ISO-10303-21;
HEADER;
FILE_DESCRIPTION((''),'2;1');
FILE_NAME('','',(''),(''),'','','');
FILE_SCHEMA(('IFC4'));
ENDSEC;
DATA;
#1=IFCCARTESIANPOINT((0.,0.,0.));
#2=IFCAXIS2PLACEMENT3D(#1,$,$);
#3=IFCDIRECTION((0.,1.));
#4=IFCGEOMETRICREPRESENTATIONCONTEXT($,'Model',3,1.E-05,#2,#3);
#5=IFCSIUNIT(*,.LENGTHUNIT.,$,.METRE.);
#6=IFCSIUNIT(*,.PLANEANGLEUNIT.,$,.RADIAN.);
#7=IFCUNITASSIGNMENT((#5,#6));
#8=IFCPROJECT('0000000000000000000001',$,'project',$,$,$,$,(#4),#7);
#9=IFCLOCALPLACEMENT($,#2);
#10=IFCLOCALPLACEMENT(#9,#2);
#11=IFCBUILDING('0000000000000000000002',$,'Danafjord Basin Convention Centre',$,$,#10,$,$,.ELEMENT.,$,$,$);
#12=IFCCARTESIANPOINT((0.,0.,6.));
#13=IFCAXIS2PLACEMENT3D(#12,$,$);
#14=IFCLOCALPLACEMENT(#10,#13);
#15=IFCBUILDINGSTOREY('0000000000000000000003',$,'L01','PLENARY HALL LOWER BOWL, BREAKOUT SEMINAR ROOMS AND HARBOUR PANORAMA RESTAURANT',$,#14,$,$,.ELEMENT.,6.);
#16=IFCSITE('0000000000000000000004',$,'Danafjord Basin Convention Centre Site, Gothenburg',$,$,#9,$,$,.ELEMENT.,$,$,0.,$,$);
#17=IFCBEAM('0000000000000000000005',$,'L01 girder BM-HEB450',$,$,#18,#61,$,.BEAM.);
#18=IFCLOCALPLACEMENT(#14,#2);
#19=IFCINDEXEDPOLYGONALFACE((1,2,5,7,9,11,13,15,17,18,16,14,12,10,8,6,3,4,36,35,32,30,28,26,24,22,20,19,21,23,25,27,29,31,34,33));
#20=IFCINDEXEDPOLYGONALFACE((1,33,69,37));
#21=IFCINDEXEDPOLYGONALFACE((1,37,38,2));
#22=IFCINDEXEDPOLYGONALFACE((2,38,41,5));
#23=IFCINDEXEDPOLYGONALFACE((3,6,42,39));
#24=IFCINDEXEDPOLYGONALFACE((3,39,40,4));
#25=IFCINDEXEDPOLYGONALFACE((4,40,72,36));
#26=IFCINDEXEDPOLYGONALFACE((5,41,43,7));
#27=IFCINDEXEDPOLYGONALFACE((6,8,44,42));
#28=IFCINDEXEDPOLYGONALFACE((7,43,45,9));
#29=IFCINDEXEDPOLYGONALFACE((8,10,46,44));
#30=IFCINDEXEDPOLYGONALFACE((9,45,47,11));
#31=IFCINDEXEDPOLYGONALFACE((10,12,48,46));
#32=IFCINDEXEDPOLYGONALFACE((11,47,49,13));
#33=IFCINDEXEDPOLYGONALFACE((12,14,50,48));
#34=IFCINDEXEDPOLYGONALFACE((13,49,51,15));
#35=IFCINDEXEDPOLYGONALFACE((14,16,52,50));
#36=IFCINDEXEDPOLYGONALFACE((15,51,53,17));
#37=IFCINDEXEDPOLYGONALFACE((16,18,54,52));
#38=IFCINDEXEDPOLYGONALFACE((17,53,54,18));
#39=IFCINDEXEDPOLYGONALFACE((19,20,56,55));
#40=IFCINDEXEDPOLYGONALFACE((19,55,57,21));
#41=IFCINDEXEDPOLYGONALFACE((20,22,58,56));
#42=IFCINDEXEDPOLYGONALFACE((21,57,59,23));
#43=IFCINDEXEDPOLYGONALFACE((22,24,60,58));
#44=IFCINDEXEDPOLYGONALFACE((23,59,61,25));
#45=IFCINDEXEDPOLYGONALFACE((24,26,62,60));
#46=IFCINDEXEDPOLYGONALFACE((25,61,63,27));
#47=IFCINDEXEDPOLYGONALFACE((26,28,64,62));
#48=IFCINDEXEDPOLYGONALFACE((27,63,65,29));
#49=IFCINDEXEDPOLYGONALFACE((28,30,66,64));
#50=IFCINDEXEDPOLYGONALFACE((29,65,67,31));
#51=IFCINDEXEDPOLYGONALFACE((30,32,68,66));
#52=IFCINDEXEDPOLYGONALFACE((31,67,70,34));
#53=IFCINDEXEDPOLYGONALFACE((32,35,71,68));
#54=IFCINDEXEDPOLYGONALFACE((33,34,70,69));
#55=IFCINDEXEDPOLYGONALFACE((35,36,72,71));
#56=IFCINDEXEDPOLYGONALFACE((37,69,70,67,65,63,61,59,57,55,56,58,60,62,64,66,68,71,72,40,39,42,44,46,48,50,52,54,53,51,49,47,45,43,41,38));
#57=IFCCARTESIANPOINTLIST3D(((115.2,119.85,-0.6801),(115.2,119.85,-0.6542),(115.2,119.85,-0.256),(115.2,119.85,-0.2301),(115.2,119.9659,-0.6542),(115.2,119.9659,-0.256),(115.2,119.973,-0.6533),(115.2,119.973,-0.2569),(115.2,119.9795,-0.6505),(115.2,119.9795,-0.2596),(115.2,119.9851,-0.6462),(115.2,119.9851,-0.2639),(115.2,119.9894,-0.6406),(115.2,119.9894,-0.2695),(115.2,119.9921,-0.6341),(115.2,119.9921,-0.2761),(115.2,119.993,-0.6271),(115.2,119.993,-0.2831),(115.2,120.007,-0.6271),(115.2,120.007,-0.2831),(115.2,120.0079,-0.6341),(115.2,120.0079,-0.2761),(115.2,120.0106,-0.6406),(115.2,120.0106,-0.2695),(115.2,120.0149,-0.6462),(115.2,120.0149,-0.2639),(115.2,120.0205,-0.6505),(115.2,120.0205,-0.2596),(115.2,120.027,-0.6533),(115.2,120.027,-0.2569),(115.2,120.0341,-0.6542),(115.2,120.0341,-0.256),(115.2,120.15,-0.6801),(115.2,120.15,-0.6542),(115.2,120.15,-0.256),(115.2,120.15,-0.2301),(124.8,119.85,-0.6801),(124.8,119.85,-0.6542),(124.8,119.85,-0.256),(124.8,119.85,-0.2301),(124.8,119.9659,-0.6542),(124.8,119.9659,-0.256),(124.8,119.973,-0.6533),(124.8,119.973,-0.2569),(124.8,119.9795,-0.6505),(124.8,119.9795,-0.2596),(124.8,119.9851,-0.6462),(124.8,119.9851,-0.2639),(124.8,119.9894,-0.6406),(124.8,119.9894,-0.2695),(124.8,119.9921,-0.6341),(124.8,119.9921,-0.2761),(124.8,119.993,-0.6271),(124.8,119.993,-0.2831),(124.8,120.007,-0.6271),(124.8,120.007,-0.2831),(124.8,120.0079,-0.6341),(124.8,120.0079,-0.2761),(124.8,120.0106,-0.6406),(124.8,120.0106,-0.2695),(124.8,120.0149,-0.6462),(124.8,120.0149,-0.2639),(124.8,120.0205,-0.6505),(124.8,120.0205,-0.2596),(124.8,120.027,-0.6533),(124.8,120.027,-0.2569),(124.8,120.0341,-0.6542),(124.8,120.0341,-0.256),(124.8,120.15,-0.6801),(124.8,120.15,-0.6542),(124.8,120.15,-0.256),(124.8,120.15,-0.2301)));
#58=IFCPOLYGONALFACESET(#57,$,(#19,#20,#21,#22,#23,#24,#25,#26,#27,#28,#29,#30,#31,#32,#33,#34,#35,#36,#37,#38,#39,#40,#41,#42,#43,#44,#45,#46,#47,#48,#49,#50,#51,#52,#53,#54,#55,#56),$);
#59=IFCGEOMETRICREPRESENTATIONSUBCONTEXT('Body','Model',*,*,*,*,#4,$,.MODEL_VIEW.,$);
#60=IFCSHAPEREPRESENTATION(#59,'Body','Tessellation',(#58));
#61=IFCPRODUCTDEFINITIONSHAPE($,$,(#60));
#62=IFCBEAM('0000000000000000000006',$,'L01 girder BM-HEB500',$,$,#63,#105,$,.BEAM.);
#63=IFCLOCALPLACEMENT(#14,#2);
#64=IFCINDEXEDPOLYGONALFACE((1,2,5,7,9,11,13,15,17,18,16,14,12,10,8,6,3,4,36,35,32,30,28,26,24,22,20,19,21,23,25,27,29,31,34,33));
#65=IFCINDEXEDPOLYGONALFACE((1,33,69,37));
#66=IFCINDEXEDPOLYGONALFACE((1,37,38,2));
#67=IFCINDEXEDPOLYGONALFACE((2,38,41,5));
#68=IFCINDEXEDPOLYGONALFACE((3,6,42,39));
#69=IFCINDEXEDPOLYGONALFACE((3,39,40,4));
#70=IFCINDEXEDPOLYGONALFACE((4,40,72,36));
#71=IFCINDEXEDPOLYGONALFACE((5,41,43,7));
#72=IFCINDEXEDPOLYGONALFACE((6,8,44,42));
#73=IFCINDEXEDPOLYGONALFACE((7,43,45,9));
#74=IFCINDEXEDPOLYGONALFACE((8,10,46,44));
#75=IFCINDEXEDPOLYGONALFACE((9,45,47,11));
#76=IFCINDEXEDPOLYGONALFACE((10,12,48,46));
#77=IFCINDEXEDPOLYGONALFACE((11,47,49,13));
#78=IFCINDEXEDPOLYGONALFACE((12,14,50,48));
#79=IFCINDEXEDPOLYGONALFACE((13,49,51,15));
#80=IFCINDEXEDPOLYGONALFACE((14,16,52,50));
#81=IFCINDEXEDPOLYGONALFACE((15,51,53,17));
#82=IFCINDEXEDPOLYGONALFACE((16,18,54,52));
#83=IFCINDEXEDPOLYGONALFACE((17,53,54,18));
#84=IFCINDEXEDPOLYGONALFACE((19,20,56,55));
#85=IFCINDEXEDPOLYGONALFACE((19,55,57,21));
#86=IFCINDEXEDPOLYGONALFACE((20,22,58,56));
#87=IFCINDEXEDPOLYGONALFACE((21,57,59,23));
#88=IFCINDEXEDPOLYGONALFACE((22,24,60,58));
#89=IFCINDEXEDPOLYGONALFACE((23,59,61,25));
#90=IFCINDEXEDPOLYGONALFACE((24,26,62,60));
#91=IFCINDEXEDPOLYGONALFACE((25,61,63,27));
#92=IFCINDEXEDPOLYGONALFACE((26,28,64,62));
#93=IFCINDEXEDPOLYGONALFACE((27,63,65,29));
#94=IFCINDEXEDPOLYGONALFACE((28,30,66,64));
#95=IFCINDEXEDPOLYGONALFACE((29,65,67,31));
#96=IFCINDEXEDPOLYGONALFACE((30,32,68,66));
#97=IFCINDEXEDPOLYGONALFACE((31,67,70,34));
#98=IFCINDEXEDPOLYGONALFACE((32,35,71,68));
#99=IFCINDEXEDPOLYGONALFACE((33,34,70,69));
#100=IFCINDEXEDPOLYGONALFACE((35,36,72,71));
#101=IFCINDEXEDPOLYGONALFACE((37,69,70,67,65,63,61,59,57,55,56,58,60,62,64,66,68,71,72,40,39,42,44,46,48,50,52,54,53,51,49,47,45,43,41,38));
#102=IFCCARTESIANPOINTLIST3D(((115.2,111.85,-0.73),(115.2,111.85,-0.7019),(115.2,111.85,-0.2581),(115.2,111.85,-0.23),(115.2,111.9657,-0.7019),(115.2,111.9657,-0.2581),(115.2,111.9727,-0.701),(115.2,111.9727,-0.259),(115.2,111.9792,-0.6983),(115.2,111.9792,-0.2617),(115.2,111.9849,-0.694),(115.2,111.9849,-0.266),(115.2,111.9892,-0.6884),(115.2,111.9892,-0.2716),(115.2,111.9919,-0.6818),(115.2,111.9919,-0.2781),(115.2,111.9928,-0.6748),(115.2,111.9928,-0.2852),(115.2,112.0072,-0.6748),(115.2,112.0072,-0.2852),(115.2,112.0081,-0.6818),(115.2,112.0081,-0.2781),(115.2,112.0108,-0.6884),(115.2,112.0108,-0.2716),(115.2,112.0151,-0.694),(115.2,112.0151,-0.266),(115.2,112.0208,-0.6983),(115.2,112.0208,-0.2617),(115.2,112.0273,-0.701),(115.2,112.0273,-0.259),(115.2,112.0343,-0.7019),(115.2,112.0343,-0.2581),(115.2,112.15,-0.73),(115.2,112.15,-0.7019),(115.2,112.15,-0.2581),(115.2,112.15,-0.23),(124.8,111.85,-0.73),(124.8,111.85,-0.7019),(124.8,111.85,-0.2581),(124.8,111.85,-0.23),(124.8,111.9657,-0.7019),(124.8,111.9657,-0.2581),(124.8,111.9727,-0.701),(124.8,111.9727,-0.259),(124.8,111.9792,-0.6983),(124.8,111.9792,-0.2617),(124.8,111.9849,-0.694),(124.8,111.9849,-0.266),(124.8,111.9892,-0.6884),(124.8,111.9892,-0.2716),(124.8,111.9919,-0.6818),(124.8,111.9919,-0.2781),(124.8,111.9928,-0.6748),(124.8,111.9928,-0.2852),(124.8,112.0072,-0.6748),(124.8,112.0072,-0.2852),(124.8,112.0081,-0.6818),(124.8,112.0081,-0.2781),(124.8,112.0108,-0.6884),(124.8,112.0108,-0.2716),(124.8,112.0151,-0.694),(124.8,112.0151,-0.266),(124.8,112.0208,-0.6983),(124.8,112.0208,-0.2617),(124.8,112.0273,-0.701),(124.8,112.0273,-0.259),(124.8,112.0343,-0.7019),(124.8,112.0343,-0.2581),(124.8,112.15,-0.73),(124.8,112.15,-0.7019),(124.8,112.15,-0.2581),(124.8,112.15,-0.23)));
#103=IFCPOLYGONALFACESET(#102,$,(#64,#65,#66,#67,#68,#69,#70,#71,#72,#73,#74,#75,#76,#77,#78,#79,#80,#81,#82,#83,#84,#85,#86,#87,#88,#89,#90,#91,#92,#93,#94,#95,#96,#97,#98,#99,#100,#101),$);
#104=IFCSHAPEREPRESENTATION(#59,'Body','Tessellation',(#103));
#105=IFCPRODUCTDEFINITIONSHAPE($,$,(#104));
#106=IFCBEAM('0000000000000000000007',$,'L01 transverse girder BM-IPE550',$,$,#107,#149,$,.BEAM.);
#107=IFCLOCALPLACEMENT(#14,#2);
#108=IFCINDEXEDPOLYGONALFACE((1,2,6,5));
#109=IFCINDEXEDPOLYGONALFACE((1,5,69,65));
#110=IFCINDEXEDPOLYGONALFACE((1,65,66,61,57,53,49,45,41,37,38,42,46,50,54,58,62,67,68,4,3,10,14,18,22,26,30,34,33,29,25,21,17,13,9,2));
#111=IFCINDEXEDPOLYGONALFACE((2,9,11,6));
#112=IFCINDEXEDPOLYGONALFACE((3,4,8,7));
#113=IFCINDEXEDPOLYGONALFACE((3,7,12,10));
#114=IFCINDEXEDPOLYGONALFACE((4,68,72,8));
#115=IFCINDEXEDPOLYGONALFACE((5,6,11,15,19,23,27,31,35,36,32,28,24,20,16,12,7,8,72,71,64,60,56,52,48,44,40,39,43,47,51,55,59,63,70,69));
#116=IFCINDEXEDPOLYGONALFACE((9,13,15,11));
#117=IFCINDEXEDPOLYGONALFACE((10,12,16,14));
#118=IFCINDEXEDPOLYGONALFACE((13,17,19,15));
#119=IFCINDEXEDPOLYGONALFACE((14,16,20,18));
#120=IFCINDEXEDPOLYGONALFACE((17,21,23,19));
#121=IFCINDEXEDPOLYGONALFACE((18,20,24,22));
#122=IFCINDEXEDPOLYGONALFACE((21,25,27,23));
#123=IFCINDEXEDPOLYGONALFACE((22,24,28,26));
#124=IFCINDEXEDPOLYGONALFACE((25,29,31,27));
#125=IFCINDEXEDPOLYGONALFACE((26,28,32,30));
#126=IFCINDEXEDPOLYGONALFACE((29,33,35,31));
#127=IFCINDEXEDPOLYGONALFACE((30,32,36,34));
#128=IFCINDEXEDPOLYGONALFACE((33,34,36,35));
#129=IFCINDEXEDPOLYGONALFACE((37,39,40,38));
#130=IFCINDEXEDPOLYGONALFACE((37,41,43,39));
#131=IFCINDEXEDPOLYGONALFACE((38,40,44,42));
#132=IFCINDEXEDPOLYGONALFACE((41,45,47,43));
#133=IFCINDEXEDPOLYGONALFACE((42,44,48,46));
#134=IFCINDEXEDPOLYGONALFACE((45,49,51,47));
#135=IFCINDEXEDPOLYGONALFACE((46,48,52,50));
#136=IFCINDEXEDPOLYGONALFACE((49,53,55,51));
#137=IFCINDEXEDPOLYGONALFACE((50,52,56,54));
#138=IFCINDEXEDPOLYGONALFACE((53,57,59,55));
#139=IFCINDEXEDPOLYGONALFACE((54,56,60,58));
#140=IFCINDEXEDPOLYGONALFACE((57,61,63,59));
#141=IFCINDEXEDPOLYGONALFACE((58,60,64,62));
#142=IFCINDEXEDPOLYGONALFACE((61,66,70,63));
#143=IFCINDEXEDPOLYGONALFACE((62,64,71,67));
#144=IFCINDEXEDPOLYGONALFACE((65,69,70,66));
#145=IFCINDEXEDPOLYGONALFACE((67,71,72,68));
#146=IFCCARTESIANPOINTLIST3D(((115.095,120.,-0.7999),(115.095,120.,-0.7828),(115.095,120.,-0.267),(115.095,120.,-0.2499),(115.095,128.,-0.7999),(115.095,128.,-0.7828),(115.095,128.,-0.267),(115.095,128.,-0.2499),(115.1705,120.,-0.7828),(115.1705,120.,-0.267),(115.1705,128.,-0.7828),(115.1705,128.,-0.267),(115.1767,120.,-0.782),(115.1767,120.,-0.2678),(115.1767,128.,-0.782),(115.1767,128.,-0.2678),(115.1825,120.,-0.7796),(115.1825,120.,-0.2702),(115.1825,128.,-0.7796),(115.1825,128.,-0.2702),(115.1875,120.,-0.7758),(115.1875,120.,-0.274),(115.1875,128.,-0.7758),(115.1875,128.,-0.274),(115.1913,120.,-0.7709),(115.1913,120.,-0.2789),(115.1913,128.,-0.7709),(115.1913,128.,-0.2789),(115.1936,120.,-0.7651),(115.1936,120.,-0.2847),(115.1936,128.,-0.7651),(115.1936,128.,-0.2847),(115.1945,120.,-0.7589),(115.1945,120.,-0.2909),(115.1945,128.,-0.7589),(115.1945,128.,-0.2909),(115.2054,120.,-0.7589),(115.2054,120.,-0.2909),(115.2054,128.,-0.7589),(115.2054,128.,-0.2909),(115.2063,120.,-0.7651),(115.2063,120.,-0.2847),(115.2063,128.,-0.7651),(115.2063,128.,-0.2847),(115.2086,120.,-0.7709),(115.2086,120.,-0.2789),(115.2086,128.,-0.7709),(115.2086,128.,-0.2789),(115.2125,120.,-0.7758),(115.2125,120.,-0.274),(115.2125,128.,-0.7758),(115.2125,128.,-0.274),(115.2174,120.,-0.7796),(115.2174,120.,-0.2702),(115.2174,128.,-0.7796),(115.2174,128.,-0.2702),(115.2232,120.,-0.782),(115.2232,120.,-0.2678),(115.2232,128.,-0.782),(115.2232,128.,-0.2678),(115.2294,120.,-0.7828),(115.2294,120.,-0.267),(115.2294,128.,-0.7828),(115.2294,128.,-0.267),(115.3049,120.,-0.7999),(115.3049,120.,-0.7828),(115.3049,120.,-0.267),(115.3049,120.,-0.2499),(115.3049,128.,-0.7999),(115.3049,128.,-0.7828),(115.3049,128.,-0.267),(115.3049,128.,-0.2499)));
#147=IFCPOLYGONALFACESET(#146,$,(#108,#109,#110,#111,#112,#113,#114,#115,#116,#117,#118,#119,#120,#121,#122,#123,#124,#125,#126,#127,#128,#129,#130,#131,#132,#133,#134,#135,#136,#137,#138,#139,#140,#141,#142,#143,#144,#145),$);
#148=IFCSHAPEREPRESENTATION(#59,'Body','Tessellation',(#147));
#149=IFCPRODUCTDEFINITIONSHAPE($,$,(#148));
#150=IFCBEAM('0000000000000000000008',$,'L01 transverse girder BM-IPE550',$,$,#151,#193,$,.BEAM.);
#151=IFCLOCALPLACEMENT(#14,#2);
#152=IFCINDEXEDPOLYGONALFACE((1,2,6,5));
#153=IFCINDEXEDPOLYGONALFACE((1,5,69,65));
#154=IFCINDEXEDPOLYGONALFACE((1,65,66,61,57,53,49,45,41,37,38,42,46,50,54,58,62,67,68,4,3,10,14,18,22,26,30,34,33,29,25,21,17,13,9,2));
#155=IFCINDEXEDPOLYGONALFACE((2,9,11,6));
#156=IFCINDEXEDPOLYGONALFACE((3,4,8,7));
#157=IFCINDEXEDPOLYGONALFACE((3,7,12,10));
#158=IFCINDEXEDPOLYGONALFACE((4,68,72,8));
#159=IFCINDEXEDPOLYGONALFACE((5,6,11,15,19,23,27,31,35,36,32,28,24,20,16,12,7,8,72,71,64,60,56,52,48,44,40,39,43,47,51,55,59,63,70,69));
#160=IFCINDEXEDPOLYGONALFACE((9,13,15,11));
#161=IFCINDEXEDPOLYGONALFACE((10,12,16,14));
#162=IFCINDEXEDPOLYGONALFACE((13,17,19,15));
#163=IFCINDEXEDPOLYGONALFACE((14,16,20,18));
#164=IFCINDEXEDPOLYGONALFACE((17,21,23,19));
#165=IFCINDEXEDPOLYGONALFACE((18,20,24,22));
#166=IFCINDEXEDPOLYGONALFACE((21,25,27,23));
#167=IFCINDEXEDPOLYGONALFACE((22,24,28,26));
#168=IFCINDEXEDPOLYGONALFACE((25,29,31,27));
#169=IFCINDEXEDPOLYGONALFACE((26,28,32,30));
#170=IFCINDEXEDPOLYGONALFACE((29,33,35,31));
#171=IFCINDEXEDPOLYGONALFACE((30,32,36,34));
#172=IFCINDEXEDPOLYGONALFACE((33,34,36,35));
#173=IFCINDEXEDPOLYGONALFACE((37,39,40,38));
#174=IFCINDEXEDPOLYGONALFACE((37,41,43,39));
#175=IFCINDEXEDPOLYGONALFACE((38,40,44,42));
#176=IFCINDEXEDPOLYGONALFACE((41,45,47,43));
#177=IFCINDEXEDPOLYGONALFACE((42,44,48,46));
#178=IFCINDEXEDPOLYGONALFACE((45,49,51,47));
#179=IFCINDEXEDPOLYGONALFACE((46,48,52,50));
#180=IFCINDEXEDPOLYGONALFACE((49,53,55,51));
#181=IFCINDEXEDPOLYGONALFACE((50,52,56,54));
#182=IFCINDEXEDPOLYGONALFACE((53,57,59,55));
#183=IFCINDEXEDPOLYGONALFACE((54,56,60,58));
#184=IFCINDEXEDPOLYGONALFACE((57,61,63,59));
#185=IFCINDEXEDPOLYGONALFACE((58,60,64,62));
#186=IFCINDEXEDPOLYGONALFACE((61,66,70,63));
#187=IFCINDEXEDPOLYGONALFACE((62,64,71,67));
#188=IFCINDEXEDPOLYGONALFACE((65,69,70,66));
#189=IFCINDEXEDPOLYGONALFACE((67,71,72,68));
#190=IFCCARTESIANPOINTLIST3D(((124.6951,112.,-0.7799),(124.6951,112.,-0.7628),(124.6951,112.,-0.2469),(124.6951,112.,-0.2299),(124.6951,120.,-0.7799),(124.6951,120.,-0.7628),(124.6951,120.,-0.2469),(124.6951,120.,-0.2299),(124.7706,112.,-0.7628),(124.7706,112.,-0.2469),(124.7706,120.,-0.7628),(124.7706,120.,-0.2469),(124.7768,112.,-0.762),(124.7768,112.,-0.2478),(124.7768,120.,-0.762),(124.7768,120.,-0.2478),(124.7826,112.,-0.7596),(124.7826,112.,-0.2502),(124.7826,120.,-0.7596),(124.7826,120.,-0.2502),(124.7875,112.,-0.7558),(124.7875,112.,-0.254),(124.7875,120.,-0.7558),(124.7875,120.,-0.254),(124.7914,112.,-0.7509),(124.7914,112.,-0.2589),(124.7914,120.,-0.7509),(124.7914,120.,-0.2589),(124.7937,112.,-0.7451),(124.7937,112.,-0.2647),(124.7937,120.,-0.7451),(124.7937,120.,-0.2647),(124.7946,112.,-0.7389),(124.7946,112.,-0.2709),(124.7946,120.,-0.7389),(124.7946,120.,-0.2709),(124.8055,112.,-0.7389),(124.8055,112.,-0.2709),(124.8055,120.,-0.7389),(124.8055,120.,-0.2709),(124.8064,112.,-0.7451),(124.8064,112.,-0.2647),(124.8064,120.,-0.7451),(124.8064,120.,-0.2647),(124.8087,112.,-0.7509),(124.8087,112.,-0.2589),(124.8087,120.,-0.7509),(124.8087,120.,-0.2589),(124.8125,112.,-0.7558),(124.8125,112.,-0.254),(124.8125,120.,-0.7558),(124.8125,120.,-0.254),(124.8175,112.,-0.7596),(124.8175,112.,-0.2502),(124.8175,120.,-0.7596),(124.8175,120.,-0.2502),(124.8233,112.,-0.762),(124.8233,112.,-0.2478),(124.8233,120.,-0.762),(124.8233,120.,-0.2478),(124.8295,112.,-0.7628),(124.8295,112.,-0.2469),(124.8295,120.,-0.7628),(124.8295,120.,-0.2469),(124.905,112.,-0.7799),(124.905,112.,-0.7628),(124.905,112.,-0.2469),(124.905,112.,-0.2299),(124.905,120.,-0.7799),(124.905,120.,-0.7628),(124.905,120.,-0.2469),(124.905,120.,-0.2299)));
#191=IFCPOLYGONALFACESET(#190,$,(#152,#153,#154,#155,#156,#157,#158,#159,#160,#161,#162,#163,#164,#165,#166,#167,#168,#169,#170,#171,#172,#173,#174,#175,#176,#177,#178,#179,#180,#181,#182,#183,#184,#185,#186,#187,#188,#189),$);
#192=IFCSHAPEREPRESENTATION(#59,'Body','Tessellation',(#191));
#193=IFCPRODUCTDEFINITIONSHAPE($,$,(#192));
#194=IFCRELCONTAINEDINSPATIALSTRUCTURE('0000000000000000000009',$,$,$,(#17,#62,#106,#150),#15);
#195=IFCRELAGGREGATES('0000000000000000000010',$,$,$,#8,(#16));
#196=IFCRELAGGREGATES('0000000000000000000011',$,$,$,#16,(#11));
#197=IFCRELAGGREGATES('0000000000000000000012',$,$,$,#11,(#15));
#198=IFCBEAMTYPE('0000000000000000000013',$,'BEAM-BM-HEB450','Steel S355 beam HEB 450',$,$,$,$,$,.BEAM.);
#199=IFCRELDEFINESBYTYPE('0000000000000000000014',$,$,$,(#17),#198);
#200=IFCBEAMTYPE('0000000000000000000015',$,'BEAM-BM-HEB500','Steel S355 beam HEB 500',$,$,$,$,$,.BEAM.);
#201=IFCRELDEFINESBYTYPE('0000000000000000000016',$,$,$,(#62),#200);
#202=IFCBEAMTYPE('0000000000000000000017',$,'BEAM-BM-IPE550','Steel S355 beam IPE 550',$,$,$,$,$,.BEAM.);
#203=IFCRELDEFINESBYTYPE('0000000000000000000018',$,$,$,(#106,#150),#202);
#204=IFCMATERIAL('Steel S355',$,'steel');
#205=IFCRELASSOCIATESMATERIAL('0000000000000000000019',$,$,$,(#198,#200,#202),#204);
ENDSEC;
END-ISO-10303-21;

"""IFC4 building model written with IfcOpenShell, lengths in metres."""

from ifc_helpers import new_model, si_unit, direction, frame, origin, origin_2d, place, context, subcontext, project, spatial, i_section, extrude, material, material_profile, profile_set, type_object, element, save


model = new_model("IFC4")

# Units and contexts
model_context = context("Model", 3, precision=1e-05, world=origin(), true_north=direction((0.0, 1.0)))
body_context = subcontext(model_context, "Body", "Model", "MODEL_VIEW")
ifc_project = project(units=[si_unit("LENGTHUNIT", "METRE"), si_unit("PLANEANGLEUNIT", "RADIAN")], contexts=[model_context])

# Site, building, storey
site_placement = place(None, origin())
site = spatial("IfcSite", under=ifc_project, at=site_placement, Name="Danafjord Basin Convention Centre Site, Gothenburg", CompositionType="ELEMENT", RefElevation=0.0)
building_placement = place(site_placement, origin())
building = spatial("IfcBuilding", under=site, at=building_placement, Name="Danafjord Basin Convention Centre", CompositionType="ELEMENT")
storey_placement = place(building_placement, frame((0.0, 0.0, 6.0)))
storey = spatial("IfcBuildingStorey", under=building, at=storey_placement, Name="L01", Description="PLENARY HALL LOWER BOWL, BREAKOUT SEMINAR ROOMS AND HARBOUR PANORAMA RESTAURANT", CompositionType="ELEMENT", Elevation=6.0)

# Shared definitions
ifc_material_1 = material(Name="Steel S355", Category="steel")

# Beams
ifc_material_profile_1 = material_profile(ifc_material_1, i_section(OverallWidth=0.3, OverallDepth=0.45, WebThickness=0.0139, FlangeThickness=0.0259, FilletRadius=0.0271, at=origin_2d()), Name="HEB 450")
ifc_profile_set_1 = profile_set([ifc_material_profile_1], Name="Steel S355")
beam_type_1 = type_object("IfcBeamType", Name="BEAM-BM-HEB450", Description="Steel S355 beam HEB 450", PredefinedType="BEAM", material=ifc_profile_set_1)
beam_1_placement = place(storey_placement, frame((115.2, 120.0, -0.4551), z_axis=(1.0, 0.0, 0.0), x_axis=(0.0, 1.0, 0.0)))
element("IfcBeam", 1, at=beam_1_placement, inside=storey, type_object=beam_type_1, Name="L01 girder BM-HEB450", PredefinedType="BEAM", context=body_context, shape_type="SweptSolid", body=[
    extrude(i_section(OverallWidth=0.3, OverallDepth=0.45, WebThickness=0.0139, FlangeThickness=0.0259, FilletRadius=0.0271, at=origin_2d()), origin(), (0.0, 0.0, 1.0), 9.6001),
])
ifc_material_profile_2 = material_profile(ifc_material_1, i_section(OverallWidth=0.3, OverallDepth=0.5, WebThickness=0.0144, FlangeThickness=0.0281, FilletRadius=0.0271, at=origin_2d()), Name="HEB 500")
ifc_profile_set_2 = profile_set([ifc_material_profile_2], Name="Steel S355")
beam_type_2 = type_object("IfcBeamType", Name="BEAM-BM-HEB500", Description="Steel S355 beam HEB 500", PredefinedType="BEAM", material=ifc_profile_set_2)
beam_2_placement = place(storey_placement, frame((115.2, 112.0, -0.48), z_axis=(1.0, 0.0, 0.0), x_axis=(0.0, 1.0, 0.0)))
element("IfcBeam", 2, at=beam_2_placement, inside=storey, type_object=beam_type_2, Name="L01 girder BM-HEB500", PredefinedType="BEAM", context=body_context, shape_type="SweptSolid", body=[
    extrude(i_section(OverallWidth=0.3, OverallDepth=0.5, WebThickness=0.0144, FlangeThickness=0.0281, FilletRadius=0.0271, at=origin_2d()), origin(), (0.0, 0.0, 1.0), 9.6001),
])
ifc_material_profile_3 = material_profile(ifc_material_1, i_section(OverallWidth=0.21, OverallDepth=0.55, WebThickness=0.011, FlangeThickness=0.0171, FilletRadius=0.0239, at=origin_2d()), Name="IPE 550")
ifc_profile_set_3 = profile_set([ifc_material_profile_3], Name="Steel S355")
beam_type_3 = type_object("IfcBeamType", Name="BEAM-BM-IPE550", Description="Steel S355 beam IPE 550", PredefinedType="BEAM", material=ifc_profile_set_3)
for number, where, z_axis, x_axis, name in (
    (3, (115.2, 120.0, -0.5249), (0.0, 1.0, 0.0), (-1.0, 0.0, 0.0), "L01 transverse girder BM-IPE550"),
    (4, (124.8, 112.0, -0.5049), (0.0, 1.0, 0.0), (-1.0, 0.0, 0.0), "L01 transverse girder BM-IPE550"),
):
    element("IfcBeam", number, at=place(storey_placement, frame(where, z_axis=z_axis, x_axis=x_axis)), inside=storey, type_object=beam_type_3, Name=name, PredefinedType="BEAM", context=body_context, shape_type="SweptSolid", body=[
        extrude(i_section(OverallWidth=0.21, OverallDepth=0.55, WebThickness=0.011, FlangeThickness=0.0171, FilletRadius=0.0239, at=origin_2d()), origin(), (0.0, 0.0, 1.0), 8.0),
    ])

save(model, "model.ifc")
